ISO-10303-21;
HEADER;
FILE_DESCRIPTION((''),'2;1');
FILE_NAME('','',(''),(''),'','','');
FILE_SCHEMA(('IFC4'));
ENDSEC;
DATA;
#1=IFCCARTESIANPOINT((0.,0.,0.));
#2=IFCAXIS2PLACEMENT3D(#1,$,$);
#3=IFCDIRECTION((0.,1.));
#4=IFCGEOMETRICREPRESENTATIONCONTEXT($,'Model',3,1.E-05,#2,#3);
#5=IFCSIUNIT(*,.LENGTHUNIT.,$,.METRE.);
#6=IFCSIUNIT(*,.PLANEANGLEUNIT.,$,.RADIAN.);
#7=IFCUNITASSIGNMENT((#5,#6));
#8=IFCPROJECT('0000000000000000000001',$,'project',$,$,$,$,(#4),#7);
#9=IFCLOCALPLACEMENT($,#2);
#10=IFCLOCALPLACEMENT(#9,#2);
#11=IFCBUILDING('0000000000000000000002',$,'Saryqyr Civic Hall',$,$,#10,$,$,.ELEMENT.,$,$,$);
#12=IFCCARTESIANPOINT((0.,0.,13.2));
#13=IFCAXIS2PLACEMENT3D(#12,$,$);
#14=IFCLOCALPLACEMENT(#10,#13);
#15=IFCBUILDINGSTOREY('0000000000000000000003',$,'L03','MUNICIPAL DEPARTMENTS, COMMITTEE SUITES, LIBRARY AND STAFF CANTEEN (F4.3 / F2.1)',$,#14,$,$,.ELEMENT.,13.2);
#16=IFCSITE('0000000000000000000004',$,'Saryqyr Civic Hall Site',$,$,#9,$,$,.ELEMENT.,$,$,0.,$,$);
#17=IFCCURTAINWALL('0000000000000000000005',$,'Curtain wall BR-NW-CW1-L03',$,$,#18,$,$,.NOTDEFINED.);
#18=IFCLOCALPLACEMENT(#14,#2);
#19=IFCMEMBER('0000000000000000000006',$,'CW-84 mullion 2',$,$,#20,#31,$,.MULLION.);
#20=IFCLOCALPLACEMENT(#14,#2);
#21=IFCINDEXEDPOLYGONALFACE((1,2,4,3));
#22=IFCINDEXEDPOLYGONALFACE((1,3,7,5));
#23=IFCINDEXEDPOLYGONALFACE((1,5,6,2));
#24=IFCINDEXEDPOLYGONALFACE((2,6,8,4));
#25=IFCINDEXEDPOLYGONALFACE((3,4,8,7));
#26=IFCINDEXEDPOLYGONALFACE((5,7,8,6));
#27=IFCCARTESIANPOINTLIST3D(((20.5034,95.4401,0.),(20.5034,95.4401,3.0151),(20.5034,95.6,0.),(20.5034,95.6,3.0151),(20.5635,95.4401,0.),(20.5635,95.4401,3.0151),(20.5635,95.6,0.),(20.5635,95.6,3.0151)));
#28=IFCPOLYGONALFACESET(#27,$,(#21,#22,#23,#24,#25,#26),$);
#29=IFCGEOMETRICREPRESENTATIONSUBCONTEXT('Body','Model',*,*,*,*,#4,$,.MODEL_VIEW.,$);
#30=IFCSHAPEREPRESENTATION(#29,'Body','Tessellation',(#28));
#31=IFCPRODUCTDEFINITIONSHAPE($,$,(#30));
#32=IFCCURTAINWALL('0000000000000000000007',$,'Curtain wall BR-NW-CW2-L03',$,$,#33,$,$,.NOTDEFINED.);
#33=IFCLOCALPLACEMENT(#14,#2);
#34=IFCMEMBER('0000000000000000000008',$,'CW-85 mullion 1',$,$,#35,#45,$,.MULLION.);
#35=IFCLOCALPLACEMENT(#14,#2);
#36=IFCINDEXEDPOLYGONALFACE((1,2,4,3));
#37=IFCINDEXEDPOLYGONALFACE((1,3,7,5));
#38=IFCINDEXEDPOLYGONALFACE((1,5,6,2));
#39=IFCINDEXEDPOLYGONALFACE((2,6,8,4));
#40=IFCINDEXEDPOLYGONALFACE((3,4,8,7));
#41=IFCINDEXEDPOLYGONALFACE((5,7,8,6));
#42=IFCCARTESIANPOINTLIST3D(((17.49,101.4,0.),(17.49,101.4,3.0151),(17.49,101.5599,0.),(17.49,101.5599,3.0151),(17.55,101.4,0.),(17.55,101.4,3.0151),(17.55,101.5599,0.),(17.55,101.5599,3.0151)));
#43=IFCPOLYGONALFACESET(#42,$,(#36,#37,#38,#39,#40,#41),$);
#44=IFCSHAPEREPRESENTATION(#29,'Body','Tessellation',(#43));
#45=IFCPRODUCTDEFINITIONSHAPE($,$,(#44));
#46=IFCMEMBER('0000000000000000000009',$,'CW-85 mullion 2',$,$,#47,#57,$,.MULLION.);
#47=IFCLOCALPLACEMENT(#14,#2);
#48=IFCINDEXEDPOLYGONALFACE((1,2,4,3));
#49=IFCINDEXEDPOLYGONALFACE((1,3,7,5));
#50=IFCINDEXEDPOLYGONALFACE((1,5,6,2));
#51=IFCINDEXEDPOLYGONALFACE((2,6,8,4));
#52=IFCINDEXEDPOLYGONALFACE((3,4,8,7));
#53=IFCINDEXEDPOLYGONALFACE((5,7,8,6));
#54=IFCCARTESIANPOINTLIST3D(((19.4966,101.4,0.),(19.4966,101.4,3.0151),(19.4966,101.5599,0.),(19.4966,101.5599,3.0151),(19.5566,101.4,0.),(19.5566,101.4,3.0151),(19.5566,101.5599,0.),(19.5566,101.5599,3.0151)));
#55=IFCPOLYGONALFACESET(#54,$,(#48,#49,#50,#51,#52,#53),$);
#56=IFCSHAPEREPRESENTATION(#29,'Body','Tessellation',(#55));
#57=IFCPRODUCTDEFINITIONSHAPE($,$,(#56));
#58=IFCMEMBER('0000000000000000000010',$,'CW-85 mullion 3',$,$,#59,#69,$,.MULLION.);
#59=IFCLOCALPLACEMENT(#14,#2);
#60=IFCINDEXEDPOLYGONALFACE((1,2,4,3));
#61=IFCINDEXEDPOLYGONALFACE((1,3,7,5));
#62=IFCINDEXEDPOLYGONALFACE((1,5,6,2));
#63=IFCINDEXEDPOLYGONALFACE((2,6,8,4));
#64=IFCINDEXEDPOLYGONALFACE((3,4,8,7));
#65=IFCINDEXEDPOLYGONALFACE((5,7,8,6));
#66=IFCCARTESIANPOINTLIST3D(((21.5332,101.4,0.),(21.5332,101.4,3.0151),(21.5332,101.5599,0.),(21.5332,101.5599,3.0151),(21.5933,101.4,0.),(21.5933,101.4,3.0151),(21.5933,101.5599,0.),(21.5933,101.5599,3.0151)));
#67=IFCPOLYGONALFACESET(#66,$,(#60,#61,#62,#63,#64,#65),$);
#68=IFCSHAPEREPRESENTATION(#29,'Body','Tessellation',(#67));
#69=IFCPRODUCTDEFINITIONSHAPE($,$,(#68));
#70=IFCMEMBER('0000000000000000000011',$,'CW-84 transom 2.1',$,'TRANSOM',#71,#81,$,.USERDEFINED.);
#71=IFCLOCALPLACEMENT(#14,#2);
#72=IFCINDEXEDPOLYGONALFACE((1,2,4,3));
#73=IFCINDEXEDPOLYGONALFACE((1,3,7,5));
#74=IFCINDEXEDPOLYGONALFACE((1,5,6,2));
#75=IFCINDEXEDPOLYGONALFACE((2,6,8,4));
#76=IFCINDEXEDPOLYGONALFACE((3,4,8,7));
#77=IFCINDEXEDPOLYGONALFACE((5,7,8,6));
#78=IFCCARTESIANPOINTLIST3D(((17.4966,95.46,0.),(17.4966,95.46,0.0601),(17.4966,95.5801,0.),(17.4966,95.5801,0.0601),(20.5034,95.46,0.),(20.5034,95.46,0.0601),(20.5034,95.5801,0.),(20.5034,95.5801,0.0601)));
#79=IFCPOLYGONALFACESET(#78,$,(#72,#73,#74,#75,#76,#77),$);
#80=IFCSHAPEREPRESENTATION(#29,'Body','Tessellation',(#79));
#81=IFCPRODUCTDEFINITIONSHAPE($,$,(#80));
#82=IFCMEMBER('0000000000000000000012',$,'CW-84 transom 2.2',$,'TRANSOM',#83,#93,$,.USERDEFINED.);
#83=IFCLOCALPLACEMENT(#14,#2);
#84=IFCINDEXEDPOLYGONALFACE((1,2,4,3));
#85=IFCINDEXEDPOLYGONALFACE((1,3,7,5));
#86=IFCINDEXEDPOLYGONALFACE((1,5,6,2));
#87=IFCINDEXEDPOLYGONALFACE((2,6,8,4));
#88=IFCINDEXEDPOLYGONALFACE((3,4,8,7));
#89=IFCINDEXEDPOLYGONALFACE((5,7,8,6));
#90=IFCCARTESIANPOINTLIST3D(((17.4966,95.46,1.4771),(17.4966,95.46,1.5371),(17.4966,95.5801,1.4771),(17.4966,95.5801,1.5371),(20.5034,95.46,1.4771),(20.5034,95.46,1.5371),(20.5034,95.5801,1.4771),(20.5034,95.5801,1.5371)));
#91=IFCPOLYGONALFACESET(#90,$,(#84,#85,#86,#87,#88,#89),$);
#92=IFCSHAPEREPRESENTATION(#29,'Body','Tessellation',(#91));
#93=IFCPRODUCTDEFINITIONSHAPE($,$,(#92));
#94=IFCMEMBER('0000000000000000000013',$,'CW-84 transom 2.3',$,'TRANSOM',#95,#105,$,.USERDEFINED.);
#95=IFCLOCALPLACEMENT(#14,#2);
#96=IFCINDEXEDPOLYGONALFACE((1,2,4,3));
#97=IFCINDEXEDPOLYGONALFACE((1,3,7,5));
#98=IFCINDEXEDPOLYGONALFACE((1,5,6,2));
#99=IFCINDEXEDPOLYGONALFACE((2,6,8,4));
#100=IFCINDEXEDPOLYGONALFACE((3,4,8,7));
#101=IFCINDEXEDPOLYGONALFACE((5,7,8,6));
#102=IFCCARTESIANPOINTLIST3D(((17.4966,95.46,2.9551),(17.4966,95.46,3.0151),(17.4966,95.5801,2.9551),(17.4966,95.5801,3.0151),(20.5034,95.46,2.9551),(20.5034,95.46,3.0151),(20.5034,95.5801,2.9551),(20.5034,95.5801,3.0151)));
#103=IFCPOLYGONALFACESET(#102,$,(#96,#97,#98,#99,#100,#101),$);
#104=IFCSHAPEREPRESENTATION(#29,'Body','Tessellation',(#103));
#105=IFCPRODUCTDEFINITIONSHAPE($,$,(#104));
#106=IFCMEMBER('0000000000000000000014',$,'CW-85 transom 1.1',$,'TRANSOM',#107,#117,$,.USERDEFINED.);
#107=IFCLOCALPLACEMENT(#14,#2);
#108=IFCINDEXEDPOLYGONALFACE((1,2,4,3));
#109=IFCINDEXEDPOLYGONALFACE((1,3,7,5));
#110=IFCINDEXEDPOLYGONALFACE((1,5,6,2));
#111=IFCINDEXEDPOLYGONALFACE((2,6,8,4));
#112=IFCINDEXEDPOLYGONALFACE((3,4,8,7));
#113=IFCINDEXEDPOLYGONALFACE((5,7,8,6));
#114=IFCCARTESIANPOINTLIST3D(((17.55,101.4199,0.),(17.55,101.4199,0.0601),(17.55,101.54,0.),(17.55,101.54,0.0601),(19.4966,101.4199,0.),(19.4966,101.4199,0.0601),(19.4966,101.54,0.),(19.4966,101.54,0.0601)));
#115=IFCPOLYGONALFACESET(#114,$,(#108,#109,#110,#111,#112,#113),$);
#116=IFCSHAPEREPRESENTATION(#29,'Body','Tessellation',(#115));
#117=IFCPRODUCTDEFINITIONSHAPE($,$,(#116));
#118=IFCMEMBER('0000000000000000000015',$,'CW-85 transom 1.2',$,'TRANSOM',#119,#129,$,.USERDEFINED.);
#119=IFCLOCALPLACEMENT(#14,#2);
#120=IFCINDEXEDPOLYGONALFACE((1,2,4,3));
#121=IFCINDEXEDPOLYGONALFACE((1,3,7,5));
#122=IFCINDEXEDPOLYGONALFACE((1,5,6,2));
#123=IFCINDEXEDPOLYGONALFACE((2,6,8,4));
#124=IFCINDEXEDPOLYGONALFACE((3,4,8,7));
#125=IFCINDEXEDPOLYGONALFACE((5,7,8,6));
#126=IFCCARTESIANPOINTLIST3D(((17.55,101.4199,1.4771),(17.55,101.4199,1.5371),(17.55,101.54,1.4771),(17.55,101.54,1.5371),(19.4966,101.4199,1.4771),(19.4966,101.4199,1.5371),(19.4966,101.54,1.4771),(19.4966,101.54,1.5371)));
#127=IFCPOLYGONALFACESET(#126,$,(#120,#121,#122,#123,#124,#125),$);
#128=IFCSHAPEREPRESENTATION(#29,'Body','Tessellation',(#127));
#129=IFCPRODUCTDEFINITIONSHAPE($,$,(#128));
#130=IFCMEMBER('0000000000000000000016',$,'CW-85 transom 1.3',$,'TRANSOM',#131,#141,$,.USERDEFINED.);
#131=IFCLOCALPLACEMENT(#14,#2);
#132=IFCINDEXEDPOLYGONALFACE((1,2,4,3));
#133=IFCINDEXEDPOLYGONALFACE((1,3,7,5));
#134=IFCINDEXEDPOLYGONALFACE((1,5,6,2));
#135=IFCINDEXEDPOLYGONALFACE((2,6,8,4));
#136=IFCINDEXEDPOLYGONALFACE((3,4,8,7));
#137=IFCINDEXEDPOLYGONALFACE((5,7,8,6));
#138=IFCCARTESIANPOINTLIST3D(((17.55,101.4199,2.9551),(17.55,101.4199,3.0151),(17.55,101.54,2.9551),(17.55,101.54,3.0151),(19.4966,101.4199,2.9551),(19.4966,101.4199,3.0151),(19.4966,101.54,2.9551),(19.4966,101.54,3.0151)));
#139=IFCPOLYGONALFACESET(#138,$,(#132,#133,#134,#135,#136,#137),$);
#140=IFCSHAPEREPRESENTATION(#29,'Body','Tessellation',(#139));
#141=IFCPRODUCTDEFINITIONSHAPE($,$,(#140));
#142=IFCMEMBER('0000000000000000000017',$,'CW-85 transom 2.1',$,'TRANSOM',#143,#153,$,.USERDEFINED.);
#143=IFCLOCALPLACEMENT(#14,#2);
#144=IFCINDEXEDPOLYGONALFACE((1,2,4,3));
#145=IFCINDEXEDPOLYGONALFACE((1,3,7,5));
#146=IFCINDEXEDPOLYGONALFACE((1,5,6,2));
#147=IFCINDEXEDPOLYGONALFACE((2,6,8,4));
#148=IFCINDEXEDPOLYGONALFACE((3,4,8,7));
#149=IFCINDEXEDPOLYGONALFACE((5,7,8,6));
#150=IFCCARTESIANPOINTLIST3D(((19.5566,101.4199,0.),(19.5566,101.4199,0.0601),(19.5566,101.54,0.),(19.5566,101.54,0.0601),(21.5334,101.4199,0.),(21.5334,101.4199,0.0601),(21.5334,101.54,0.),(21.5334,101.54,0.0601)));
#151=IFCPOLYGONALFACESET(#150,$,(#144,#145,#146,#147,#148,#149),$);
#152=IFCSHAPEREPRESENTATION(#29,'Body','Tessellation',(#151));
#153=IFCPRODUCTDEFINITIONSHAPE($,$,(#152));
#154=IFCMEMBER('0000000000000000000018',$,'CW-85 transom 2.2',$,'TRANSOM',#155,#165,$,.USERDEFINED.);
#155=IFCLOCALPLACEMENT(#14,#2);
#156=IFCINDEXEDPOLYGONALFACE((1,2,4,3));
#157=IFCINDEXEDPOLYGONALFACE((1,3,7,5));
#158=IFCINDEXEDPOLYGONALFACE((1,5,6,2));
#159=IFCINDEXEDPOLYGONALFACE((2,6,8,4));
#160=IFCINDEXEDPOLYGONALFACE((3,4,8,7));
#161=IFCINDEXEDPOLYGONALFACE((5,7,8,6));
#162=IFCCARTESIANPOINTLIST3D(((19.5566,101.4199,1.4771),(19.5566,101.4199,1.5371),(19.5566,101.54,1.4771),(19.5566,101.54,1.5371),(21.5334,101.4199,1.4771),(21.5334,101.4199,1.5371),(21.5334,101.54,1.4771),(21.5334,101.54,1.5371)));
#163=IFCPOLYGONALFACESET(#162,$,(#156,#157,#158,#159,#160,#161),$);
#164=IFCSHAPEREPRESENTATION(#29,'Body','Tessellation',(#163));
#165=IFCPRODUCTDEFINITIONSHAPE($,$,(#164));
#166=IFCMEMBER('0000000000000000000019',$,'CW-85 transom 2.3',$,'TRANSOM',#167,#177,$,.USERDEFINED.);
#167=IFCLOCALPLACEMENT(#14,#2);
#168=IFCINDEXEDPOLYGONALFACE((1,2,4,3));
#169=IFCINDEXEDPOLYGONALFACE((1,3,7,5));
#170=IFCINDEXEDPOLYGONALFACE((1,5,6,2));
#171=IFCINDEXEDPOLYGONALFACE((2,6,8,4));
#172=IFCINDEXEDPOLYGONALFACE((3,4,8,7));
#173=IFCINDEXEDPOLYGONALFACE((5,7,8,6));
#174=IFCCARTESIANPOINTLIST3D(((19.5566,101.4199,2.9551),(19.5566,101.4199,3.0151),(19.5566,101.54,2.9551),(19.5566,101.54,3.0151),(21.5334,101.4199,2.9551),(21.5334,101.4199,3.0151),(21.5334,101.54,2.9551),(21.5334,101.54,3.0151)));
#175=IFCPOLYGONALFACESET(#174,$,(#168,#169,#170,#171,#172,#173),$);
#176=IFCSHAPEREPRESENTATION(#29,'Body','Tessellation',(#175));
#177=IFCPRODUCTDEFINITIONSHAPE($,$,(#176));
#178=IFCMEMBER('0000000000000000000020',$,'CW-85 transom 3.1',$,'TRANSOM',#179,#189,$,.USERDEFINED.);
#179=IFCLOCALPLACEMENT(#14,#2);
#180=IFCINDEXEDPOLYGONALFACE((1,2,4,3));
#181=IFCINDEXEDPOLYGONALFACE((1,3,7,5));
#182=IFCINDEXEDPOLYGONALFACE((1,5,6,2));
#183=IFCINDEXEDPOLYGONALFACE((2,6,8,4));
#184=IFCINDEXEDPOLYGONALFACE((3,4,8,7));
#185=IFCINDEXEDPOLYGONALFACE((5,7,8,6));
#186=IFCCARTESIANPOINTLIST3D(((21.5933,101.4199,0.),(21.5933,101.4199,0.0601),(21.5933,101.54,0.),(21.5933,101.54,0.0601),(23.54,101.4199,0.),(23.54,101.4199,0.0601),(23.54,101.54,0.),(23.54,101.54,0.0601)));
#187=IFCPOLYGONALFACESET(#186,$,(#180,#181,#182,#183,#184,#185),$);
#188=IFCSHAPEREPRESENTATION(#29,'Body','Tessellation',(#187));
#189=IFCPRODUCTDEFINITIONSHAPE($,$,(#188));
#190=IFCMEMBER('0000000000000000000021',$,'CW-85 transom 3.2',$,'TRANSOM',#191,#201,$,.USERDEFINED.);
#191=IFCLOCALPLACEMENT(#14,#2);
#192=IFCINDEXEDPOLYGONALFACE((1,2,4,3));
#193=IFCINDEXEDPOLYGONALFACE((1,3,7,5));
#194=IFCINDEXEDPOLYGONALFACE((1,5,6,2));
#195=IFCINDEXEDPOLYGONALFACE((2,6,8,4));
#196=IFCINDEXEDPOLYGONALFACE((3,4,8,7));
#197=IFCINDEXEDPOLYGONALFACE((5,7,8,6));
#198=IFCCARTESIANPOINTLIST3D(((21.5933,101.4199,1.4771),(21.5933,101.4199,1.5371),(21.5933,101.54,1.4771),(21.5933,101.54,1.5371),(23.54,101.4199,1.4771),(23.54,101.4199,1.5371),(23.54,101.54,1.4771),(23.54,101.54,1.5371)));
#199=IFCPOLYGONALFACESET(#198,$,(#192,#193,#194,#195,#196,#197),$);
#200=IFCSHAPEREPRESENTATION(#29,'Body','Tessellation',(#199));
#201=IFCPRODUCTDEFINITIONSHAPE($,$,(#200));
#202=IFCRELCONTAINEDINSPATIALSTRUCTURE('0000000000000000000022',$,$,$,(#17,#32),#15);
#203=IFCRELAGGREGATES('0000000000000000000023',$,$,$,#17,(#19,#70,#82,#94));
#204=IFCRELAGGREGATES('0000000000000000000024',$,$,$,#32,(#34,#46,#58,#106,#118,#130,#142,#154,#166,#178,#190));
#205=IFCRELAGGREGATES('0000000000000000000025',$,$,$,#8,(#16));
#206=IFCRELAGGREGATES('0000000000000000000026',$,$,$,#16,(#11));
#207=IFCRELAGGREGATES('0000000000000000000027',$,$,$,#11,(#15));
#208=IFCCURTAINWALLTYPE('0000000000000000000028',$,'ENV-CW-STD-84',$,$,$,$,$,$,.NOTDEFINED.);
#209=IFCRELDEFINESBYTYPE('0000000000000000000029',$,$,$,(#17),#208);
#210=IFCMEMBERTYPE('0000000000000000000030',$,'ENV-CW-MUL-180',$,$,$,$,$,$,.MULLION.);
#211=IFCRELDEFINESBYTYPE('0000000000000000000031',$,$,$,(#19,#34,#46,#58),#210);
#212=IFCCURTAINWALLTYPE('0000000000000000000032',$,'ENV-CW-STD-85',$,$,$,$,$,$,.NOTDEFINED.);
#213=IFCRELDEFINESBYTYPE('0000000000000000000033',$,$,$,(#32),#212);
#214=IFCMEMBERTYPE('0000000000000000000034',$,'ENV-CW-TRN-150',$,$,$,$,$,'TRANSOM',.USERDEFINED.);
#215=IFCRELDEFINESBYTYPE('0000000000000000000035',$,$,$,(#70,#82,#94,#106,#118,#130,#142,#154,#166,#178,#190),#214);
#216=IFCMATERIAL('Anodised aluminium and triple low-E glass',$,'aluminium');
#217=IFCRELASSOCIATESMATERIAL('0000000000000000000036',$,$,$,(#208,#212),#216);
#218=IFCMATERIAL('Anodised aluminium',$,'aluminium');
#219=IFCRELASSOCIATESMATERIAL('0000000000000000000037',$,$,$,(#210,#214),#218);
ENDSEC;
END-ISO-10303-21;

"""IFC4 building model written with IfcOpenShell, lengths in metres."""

from ifc_helpers import new_model, si_unit, direction, frame, origin, origin_2d, place, context, subcontext, project, spatial, rectangle, extrude, material, material_profile, profile_set, type_object, element, aggregate, save


model = new_model("IFC4")

# Units and contexts
model_context = context("Model", 3, precision=1e-05, world=origin(), true_north=direction((0.0, 1.0)))
body_context = subcontext(model_context, "Body", "Model", "MODEL_VIEW")
ifc_project = project(units=[si_unit("LENGTHUNIT", "METRE"), si_unit("PLANEANGLEUNIT", "RADIAN")], contexts=[model_context])

# Site, building, storey
site_placement = place(None, origin())
site = spatial("IfcSite", under=ifc_project, at=site_placement, Name="Saryqyr Civic Hall Site", CompositionType="ELEMENT", RefElevation=0.0)
building_placement = place(site_placement, origin())
building = spatial("IfcBuilding", under=site, at=building_placement, Name="Saryqyr Civic Hall", CompositionType="ELEMENT")
storey_placement = place(building_placement, frame((0.0, 0.0, 13.2)))
storey = spatial("IfcBuildingStorey", under=building, at=storey_placement, Name="L03", Description="MUNICIPAL DEPARTMENTS, COMMITTEE SUITES, LIBRARY AND STAFF CANTEEN (F4.3 / F2.1)", CompositionType="ELEMENT", Elevation=13.2)

# Curtain wall, member
ifc_material_1 = material(Name="Anodised aluminium and triple low-E glass", Category="aluminium")
curtain_wall_type_1 = type_object("IfcCurtainWallType", Name="ENV-CW-STD-84", PredefinedType="NOTDEFINED", material=ifc_material_1)
curtain_wall_1_placement = place(storey_placement, origin())
curtain_wall_1 = element("IfcCurtainWall", 1, at=curtain_wall_1_placement, inside=storey, type_object=curtain_wall_type_1, Name="Curtain wall BR-NW-CW1-L03", PredefinedType="NOTDEFINED")
ifc_material_2 = material(Name="Anodised aluminium", Category="aluminium")
ifc_material_profile_1 = material_profile(ifc_material_2, rectangle(XDim=0.0601, YDim=0.1599, at=origin_2d()), Name="ALU MULLION 60x160")
ifc_profile_set_1 = profile_set([ifc_material_profile_1], Name="Anodised aluminium")
member_type_1 = type_object("IfcMemberType", Name="ENV-CW-MUL-180", PredefinedType="MULLION", material=ifc_profile_set_1)
member_1_placement = place(storey_placement, frame((20.5334, 95.52, 0.0), z_axis=(0.0, 0.0, 1.0), x_axis=(-1.0, 0.0, 0.0)))
member_1 = element("IfcMember", 2, at=member_1_placement, type_object=member_type_1, Name="CW-84 mullion 2", PredefinedType="MULLION", context=body_context, shape_type="SweptSolid", body=[
    extrude(rectangle(XDim=0.0601, YDim=0.1599, at=origin_2d()), origin(), (0.0, 0.0, 1.0), 3.0151),
])

# Curtain wall, members
curtain_wall_type_2 = type_object("IfcCurtainWallType", Name="ENV-CW-STD-85", PredefinedType="NOTDEFINED", material=ifc_material_1)
curtain_wall_2_placement = place(storey_placement, origin())
curtain_wall_2 = element("IfcCurtainWall", 3, at=curtain_wall_2_placement, inside=storey, type_object=curtain_wall_type_2, Name="Curtain wall BR-NW-CW2-L03", PredefinedType="NOTDEFINED")
member_2_placement = place(storey_placement, frame((17.52, 101.48, 0.0), z_axis=(0.0, 0.0, 1.0), x_axis=(1.0, 0.0, 0.0)))
member_2 = element("IfcMember", 4, at=member_2_placement, type_object=member_type_1, Name="CW-85 mullion 1", PredefinedType="MULLION", context=body_context, shape_type="SweptSolid", body=[
    extrude(rectangle(XDim=0.0601, YDim=0.1599, at=origin_2d()), origin(), (0.0, 0.0, 1.0), 3.0151),
])
member_3_placement = place(storey_placement, frame((19.5266, 101.48, 0.0), z_axis=(0.0, 0.0, 1.0), x_axis=(1.0, 0.0, 0.0)))
member_3 = element("IfcMember", 5, at=member_3_placement, type_object=member_type_1, Name="CW-85 mullion 2", PredefinedType="MULLION", context=body_context, shape_type="SweptSolid", body=[
    extrude(rectangle(XDim=0.0601, YDim=0.1599, at=origin_2d()), origin(), (0.0, 0.0, 1.0), 3.0151),
])
member_4_placement = place(storey_placement, frame((21.5632, 101.48, 0.0), z_axis=(0.0, 0.0, 1.0), x_axis=(1.0, 0.0, 0.0)))
member_4 = element("IfcMember", 6, at=member_4_placement, type_object=member_type_1, Name="CW-85 mullion 3", PredefinedType="MULLION", context=body_context, shape_type="SweptSolid", body=[
    extrude(rectangle(XDim=0.0601, YDim=0.1599, at=origin_2d()), origin(), (0.0, 0.0, 1.0), 3.0151),
])

# Members
ifc_material_profile_2 = material_profile(ifc_material_2, rectangle(XDim=0.1201, YDim=0.0601, at=origin_2d()), Name="ALU TRANSOM 120x60")
ifc_profile_set_2 = profile_set([ifc_material_profile_2], Name="Anodised aluminium")
member_type_2 = type_object("IfcMemberType", Name="ENV-CW-TRN-150", ElementType="TRANSOM", PredefinedType="USERDEFINED", material=ifc_profile_set_2)
member_5_placement = place(storey_placement, frame((20.5034, 95.52, 0.03), z_axis=(-1.0, 0.0, 0.0), x_axis=(0.0, -1.0, 0.0)))
member_5 = element("IfcMember", 7, at=member_5_placement, type_object=member_type_2, Name="CW-84 transom 2.1", ObjectType="TRANSOM", PredefinedType="USERDEFINED", context=body_context, shape_type="SweptSolid", body=[
    extrude(rectangle(XDim=0.1201, YDim=0.0601, at=origin_2d()), origin(), (0.0, 0.0, 1.0), 3.0068),
])
member_6_placement = place(storey_placement, frame((20.5034, 95.52, 1.5071), z_axis=(-1.0, 0.0, 0.0), x_axis=(0.0, -1.0, 0.0)))
member_6 = element("IfcMember", 8, at=member_6_placement, type_object=member_type_2, Name="CW-84 transom 2.2", ObjectType="TRANSOM", PredefinedType="USERDEFINED", context=body_context, shape_type="SweptSolid", body=[
    extrude(rectangle(XDim=0.1201, YDim=0.0601, at=origin_2d()), origin(), (0.0, 0.0, 1.0), 3.0068),
])
member_7_placement = place(storey_placement, frame((20.5034, 95.52, 2.9851), z_axis=(-1.0, 0.0, 0.0), x_axis=(0.0, -1.0, 0.0)))
member_7 = element("IfcMember", 9, at=member_7_placement, type_object=member_type_2, Name="CW-84 transom 2.3", ObjectType="TRANSOM", PredefinedType="USERDEFINED", context=body_context, shape_type="SweptSolid", body=[
    extrude(rectangle(XDim=0.1201, YDim=0.0601, at=origin_2d()), origin(), (0.0, 0.0, 1.0), 3.0068),
])
member_8_placement = place(storey_placement, frame((17.55, 101.48, 0.03), z_axis=(1.0, 0.0, 0.0), x_axis=(0.0, 1.0, 0.0)))
member_8 = element("IfcMember", 10, at=member_8_placement, type_object=member_type_2, Name="CW-85 transom 1.1", ObjectType="TRANSOM", PredefinedType="USERDEFINED", context=body_context, shape_type="SweptSolid", body=[
    extrude(rectangle(XDim=0.1201, YDim=0.0601, at=origin_2d()), origin(), (0.0, 0.0, 1.0), 1.9465),
])
member_9_placement = place(storey_placement, frame((17.55, 101.48, 1.5071), z_axis=(1.0, 0.0, 0.0), x_axis=(0.0, 1.0, 0.0)))
member_9 = element("IfcMember", 11, at=member_9_placement, type_object=member_type_2, Name="CW-85 transom 1.2", ObjectType="TRANSOM", PredefinedType="USERDEFINED", context=body_context, shape_type="SweptSolid", body=[
    extrude(rectangle(XDim=0.1201, YDim=0.0601, at=origin_2d()), origin(), (0.0, 0.0, 1.0), 1.9465),
])
member_10_placement = place(storey_placement, frame((17.55, 101.48, 2.9851), z_axis=(1.0, 0.0, 0.0), x_axis=(0.0, 1.0, 0.0)))
member_10 = element("IfcMember", 12, at=member_10_placement, type_object=member_type_2, Name="CW-85 transom 1.3", ObjectType="TRANSOM", PredefinedType="USERDEFINED", context=body_context, shape_type="SweptSolid", body=[
    extrude(rectangle(XDim=0.1201, YDim=0.0601, at=origin_2d()), origin(), (0.0, 0.0, 1.0), 1.9465),
])
member_11_placement = place(storey_placement, frame((19.5566, 101.48, 0.03), z_axis=(1.0, 0.0, 0.0), x_axis=(0.0, 1.0, 0.0)))
member_11 = element("IfcMember", 13, at=member_11_placement, type_object=member_type_2, Name="CW-85 transom 2.1", ObjectType="TRANSOM", PredefinedType="USERDEFINED", context=body_context, shape_type="SweptSolid", body=[
    extrude(rectangle(XDim=0.1201, YDim=0.0601, at=origin_2d()), origin(), (0.0, 0.0, 1.0), 1.9768),
])
member_12_placement = place(storey_placement, frame((19.5566, 101.48, 1.5071), z_axis=(1.0, 0.0, 0.0), x_axis=(0.0, 1.0, 0.0)))
member_12 = element("IfcMember", 14, at=member_12_placement, type_object=member_type_2, Name="CW-85 transom 2.2", ObjectType="TRANSOM", PredefinedType="USERDEFINED", context=body_context, shape_type="SweptSolid", body=[
    extrude(rectangle(XDim=0.1201, YDim=0.0601, at=origin_2d()), origin(), (0.0, 0.0, 1.0), 1.9768),
])
member_13_placement = place(storey_placement, frame((19.5566, 101.48, 2.9851), z_axis=(1.0, 0.0, 0.0), x_axis=(0.0, 1.0, 0.0)))
member_13 = element("IfcMember", 15, at=member_13_placement, type_object=member_type_2, Name="CW-85 transom 2.3", ObjectType="TRANSOM", PredefinedType="USERDEFINED", context=body_context, shape_type="SweptSolid", body=[
    extrude(rectangle(XDim=0.1201, YDim=0.0601, at=origin_2d()), origin(), (0.0, 0.0, 1.0), 1.9768),
])
member_14_placement = place(storey_placement, frame((21.5933, 101.48, 0.03), z_axis=(1.0, 0.0, 0.0), x_axis=(0.0, 1.0, 0.0)))
member_14 = element("IfcMember", 16, at=member_14_placement, type_object=member_type_2, Name="CW-85 transom 3.1", ObjectType="TRANSOM", PredefinedType="USERDEFINED", context=body_context, shape_type="SweptSolid", body=[
    extrude(rectangle(XDim=0.1201, YDim=0.0601, at=origin_2d()), origin(), (0.0, 0.0, 1.0), 1.9468),
])
member_15_placement = place(storey_placement, frame((21.5933, 101.48, 1.5071), z_axis=(1.0, 0.0, 0.0), x_axis=(0.0, 1.0, 0.0)))
member_15 = element("IfcMember", 17, at=member_15_placement, type_object=member_type_2, Name="CW-85 transom 3.2", ObjectType="TRANSOM", PredefinedType="USERDEFINED", context=body_context, shape_type="SweptSolid", body=[
    extrude(rectangle(XDim=0.1201, YDim=0.0601, at=origin_2d()), origin(), (0.0, 0.0, 1.0), 1.9468),
])

aggregate(curtain_wall_1, [member_1, member_5, member_6, member_7])
aggregate(curtain_wall_2, [member_2, member_3, member_4, member_8, member_9, member_10, member_11, member_12, member_13, member_14, member_15])

save(model, "model.ifc")
